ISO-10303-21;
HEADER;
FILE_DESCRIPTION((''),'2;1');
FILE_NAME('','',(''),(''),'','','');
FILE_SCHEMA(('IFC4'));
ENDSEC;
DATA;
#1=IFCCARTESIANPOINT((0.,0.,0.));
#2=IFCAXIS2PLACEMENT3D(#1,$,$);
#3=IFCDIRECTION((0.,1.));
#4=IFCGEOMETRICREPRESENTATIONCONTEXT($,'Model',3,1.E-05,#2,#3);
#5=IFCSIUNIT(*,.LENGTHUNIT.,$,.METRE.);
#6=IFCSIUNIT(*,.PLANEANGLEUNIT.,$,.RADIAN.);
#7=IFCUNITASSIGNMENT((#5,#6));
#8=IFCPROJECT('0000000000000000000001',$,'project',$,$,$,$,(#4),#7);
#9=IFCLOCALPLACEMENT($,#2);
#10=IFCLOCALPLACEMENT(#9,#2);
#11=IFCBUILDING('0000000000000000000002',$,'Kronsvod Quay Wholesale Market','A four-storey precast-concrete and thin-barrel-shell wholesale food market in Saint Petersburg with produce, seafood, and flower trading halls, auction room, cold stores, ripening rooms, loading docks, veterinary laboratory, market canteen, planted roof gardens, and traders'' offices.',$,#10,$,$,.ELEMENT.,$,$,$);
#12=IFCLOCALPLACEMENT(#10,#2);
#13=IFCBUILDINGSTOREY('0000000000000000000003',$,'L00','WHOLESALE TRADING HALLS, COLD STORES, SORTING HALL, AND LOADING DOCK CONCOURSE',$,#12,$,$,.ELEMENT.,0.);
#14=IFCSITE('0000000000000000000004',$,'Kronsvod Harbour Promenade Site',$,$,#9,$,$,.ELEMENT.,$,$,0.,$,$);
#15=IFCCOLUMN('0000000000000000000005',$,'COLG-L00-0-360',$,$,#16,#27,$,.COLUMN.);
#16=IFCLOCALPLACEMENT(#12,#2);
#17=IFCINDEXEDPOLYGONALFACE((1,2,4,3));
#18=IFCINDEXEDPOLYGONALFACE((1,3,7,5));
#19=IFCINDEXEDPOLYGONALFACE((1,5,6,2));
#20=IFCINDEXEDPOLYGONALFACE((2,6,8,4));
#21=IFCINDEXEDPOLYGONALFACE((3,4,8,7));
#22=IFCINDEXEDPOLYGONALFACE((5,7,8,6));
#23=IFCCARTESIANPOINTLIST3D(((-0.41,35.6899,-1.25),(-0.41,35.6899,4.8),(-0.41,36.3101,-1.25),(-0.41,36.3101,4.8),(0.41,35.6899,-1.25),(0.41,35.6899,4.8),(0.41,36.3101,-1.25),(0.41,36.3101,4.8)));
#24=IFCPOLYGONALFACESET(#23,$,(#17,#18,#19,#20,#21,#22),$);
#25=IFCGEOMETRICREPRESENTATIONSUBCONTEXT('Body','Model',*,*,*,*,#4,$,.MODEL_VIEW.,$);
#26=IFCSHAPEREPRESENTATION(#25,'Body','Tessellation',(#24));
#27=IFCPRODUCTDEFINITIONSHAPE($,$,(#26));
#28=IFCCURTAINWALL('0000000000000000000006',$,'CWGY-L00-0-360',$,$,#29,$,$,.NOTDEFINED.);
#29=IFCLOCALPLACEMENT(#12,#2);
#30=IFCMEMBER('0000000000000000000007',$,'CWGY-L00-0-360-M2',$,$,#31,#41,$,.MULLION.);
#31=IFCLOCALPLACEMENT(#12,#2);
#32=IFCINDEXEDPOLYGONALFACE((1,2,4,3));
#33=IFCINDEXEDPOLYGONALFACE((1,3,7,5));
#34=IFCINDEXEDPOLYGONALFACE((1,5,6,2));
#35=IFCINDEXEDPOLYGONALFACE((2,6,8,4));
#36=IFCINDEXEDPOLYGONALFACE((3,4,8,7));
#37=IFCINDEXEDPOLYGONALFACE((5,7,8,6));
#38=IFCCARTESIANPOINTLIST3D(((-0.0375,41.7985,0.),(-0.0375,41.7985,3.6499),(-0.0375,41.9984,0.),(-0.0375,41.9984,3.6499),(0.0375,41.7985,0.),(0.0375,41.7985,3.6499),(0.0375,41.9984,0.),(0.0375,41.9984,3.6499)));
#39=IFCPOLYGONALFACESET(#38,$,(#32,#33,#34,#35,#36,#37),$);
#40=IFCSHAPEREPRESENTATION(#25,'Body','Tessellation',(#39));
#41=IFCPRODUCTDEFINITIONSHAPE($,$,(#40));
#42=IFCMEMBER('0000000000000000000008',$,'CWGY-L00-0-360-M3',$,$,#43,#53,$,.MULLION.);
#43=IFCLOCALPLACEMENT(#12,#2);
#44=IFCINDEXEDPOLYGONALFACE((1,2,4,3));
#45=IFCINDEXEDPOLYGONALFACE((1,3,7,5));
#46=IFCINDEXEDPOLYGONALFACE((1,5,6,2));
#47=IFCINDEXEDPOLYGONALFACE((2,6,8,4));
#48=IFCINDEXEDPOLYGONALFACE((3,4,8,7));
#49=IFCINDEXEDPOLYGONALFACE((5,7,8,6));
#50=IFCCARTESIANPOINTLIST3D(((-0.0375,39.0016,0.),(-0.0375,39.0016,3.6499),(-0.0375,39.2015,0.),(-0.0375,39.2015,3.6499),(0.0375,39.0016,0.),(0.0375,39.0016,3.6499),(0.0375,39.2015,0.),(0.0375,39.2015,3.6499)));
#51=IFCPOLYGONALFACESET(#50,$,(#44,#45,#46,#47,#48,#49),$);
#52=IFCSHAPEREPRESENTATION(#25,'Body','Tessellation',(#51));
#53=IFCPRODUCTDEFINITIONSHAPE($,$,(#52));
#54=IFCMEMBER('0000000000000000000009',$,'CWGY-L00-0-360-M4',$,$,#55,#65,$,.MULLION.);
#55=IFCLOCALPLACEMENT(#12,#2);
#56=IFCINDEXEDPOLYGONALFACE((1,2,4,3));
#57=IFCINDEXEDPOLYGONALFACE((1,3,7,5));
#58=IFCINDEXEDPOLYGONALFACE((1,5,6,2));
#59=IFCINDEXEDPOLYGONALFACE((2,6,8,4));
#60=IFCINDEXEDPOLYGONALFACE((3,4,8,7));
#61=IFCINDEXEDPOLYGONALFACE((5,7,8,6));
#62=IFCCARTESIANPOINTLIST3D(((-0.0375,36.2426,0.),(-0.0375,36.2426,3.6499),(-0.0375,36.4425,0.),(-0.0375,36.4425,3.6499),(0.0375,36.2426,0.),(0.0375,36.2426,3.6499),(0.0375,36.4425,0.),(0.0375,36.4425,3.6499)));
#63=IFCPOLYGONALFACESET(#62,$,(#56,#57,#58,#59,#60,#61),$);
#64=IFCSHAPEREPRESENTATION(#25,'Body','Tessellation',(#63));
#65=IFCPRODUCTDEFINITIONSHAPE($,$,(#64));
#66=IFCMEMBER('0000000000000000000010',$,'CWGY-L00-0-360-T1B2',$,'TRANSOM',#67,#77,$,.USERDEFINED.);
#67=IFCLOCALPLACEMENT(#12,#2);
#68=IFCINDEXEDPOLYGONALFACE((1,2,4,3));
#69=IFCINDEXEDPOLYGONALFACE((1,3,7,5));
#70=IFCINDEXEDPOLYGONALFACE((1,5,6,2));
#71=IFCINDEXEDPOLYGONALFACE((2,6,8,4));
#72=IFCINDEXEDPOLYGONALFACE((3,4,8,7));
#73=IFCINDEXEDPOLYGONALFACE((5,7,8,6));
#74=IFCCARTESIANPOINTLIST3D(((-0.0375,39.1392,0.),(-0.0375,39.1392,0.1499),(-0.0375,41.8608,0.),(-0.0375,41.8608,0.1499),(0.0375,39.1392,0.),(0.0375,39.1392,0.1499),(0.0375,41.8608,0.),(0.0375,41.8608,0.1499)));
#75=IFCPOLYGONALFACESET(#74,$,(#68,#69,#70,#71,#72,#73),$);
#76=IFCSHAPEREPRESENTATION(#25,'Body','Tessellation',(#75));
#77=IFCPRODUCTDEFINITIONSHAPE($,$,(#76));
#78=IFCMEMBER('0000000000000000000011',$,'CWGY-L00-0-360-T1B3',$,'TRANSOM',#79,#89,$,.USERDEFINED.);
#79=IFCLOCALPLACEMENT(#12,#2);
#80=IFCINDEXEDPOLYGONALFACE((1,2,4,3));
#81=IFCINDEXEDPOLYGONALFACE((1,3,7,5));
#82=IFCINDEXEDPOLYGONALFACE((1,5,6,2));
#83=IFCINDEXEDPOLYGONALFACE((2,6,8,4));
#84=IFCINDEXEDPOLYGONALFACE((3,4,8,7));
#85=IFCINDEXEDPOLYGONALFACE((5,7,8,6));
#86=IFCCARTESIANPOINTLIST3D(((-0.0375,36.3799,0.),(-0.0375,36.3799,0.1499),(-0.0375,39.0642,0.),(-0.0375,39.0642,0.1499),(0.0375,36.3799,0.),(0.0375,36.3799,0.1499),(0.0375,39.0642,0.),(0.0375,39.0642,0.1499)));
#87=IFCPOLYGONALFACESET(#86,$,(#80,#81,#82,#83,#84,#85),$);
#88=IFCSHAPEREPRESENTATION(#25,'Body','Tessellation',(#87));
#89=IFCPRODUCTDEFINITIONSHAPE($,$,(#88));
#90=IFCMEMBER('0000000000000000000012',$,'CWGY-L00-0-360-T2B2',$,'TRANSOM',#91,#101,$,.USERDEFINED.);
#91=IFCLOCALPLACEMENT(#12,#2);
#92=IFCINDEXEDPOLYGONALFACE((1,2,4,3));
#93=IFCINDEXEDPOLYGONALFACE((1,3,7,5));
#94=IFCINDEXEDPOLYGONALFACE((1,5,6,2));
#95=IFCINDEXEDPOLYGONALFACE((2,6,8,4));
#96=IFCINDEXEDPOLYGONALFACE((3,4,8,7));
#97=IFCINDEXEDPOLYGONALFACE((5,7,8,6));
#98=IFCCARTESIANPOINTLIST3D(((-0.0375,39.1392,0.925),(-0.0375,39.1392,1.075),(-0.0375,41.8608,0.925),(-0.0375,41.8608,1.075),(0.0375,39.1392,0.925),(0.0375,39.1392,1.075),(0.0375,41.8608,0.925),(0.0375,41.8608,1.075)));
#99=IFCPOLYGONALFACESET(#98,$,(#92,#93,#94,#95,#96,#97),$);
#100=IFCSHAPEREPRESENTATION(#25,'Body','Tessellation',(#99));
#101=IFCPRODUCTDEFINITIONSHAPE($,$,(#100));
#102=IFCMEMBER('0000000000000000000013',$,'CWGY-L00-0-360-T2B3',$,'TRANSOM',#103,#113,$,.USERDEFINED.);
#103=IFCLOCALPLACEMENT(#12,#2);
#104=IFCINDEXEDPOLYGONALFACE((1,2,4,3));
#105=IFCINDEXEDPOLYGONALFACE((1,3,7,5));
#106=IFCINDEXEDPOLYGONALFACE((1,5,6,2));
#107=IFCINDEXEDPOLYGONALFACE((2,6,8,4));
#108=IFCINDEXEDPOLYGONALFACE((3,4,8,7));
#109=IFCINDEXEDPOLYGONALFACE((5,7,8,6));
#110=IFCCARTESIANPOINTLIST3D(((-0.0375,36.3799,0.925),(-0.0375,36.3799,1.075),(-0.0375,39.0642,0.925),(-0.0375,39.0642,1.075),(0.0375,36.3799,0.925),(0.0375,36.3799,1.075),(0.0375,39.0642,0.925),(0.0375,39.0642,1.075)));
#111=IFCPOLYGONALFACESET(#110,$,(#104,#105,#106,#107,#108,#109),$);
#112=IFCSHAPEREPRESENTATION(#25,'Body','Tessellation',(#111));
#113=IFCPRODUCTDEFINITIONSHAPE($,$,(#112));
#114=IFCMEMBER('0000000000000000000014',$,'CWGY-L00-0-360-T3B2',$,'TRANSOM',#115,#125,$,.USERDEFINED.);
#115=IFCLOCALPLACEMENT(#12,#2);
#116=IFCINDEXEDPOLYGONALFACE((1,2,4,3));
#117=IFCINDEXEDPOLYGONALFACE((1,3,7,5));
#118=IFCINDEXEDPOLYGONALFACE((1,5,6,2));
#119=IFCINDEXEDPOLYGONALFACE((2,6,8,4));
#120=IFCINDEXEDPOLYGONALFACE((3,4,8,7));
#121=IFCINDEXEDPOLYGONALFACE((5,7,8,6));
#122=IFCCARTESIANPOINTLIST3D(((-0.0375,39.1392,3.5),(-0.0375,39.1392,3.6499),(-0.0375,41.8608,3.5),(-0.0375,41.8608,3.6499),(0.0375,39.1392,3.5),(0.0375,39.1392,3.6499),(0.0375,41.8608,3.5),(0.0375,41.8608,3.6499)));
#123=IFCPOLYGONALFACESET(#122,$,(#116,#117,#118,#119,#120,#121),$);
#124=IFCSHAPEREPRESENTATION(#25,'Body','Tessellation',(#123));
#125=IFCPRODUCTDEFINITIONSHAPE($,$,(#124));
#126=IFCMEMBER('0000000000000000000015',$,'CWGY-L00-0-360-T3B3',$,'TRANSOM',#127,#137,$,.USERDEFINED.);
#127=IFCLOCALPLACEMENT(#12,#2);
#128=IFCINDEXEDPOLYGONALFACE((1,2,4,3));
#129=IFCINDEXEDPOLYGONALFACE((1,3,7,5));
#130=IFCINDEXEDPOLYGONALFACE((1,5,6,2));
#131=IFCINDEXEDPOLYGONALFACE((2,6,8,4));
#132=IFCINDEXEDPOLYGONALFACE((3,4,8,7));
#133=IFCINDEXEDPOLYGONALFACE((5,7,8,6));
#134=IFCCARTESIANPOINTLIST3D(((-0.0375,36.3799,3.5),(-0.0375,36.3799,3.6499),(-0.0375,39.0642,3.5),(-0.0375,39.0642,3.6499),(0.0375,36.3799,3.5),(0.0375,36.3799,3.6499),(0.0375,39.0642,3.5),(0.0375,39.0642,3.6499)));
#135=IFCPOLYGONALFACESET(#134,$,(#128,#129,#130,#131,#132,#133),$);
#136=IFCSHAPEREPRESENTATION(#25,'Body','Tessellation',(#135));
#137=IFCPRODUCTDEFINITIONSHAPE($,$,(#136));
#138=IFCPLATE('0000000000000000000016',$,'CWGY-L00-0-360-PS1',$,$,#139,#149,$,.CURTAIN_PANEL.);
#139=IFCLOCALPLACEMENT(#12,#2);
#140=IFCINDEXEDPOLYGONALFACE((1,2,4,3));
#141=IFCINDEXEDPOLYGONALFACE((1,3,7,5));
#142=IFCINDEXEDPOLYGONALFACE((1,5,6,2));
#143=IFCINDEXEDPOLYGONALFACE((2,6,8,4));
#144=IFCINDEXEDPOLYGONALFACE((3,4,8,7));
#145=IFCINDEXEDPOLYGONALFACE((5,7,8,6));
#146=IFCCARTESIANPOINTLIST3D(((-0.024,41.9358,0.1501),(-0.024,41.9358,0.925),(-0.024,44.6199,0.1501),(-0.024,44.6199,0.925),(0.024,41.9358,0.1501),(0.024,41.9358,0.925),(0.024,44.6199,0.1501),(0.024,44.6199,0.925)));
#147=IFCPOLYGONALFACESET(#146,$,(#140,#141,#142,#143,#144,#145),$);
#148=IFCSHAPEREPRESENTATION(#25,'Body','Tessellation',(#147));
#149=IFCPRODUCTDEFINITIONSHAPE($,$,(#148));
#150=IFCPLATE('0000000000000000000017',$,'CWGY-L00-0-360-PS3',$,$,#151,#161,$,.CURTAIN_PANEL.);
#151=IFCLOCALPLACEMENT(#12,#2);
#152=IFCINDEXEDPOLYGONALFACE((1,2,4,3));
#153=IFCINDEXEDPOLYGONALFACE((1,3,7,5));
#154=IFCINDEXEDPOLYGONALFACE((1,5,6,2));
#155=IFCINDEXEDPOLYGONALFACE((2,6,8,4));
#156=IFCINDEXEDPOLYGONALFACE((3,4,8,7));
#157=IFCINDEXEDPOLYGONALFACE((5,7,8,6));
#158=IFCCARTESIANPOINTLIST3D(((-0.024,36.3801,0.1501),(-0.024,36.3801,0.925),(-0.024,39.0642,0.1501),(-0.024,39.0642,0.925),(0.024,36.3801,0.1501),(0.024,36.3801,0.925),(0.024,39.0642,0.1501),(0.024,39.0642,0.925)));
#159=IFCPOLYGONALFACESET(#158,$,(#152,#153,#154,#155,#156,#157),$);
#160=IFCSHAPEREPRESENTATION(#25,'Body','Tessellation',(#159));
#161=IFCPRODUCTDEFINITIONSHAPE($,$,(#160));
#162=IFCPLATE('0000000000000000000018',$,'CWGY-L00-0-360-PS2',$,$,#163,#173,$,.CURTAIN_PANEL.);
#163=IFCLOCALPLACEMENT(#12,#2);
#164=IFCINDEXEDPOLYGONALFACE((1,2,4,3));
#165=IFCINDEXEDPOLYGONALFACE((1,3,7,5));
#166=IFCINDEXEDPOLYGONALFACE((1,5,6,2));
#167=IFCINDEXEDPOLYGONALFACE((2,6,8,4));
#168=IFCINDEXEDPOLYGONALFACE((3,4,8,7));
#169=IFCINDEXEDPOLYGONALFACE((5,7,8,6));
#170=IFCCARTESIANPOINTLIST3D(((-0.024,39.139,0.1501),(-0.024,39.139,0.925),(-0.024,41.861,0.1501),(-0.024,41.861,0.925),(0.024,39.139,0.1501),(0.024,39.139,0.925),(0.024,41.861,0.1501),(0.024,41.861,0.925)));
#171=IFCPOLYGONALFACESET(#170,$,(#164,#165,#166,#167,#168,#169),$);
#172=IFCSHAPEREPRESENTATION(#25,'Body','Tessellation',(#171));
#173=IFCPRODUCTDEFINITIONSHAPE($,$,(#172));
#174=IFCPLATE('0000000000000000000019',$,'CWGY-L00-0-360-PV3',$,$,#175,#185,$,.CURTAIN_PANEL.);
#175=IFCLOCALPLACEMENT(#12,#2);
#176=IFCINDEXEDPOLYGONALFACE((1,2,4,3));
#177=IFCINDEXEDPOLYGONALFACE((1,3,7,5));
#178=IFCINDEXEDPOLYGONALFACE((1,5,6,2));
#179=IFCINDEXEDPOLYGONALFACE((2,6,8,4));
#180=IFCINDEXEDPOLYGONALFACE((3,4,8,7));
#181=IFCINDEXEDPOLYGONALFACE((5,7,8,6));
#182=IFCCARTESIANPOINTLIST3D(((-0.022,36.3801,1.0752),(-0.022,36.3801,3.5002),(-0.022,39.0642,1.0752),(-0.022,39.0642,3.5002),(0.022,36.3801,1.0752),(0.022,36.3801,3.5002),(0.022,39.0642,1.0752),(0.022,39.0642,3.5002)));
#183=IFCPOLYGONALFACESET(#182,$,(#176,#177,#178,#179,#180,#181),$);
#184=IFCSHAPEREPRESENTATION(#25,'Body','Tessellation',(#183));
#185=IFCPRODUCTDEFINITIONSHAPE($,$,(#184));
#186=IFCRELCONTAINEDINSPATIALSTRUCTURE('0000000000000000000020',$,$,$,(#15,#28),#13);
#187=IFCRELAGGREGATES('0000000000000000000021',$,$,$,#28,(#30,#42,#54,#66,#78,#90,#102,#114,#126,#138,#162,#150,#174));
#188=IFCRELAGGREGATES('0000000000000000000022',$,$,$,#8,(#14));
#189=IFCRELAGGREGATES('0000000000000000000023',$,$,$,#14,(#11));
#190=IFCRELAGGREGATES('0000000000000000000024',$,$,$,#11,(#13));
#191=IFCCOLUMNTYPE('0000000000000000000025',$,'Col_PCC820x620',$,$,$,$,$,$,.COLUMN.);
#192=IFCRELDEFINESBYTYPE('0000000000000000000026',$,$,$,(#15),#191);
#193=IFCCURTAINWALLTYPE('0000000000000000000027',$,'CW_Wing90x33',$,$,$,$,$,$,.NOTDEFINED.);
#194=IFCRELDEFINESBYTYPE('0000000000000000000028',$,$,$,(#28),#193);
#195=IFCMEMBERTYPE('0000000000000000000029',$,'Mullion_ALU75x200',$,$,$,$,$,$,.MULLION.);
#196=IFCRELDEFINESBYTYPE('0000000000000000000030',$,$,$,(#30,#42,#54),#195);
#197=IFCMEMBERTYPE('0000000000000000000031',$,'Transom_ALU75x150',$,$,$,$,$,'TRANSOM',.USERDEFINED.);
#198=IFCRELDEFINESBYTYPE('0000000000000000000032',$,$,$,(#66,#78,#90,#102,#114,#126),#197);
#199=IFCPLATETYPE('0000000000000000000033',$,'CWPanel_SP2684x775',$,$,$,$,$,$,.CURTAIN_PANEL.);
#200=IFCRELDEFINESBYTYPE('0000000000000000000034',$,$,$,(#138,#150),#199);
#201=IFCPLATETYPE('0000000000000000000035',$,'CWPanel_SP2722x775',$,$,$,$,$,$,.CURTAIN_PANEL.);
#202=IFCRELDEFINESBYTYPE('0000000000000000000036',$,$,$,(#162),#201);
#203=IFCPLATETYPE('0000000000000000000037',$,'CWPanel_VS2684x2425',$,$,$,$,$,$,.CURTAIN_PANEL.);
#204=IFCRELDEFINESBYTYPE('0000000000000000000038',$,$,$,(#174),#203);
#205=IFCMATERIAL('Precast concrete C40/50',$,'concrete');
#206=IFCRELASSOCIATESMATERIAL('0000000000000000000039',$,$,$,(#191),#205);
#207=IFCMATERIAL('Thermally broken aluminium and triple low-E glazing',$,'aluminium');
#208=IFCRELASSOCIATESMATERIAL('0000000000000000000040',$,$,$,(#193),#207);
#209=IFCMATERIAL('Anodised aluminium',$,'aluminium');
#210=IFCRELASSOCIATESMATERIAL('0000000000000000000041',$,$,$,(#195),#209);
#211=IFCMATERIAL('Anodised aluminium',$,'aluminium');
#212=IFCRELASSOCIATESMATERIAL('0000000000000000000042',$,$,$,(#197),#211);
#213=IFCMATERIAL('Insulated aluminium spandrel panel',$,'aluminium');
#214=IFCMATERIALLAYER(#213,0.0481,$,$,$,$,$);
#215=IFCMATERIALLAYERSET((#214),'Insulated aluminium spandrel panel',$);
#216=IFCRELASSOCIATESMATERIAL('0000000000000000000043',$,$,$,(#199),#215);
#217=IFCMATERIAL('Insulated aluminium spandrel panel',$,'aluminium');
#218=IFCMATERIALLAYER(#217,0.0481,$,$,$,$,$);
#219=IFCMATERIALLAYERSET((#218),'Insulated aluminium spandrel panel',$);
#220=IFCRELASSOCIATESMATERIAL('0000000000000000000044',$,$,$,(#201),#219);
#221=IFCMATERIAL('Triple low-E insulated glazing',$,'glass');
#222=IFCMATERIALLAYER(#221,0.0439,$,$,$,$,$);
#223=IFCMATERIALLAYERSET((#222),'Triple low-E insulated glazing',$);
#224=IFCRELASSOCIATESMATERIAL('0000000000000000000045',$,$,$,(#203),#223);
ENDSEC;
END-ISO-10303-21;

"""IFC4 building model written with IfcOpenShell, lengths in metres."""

from ifc_helpers import new_model, si_unit, direction, frame, origin, origin_2d, place, context, subcontext, project, spatial, rectangle, extrude, material, layer, layer_set, material_profile, profile_set, type_object, element, aggregate, save


model = new_model("IFC4")

# Units and contexts
model_context = context("Model", 3, precision=1e-05, world=origin(), true_north=direction((0.0, 1.0)))
body_context = subcontext(model_context, "Body", "Model", "MODEL_VIEW")
ifc_project = project(units=[si_unit("LENGTHUNIT", "METRE"), si_unit("PLANEANGLEUNIT", "RADIAN")], contexts=[model_context])

# Site, building, storey
site_placement = place(None, origin())
site = spatial("IfcSite", under=ifc_project, at=site_placement, Name="Kronsvod Harbour Promenade Site", CompositionType="ELEMENT", RefElevation=0.0)
building_placement = place(site_placement, origin())
building = spatial("IfcBuilding", under=site, at=building_placement, Name="Kronsvod Quay Wholesale Market", Description="A four-storey precast-concrete and thin-barrel-shell wholesale food market in Saint Petersburg with produce, seafood, and flower trading halls, auction room, cold stores, ripening rooms, loading docks, veterinary laboratory, market canteen, planted roof gardens, and traders' offices.", CompositionType="ELEMENT")
storey_placement = place(building_placement, origin())
storey = spatial("IfcBuildingStorey", under=building, at=storey_placement, Name="L00", Description="WHOLESALE TRADING HALLS, COLD STORES, SORTING HALL, AND LOADING DOCK CONCOURSE", CompositionType="ELEMENT", Elevation=0.0)

# Column
ifc_material_1 = material(Name="Precast concrete C40/50", Category="concrete")
ifc_material_profile_1 = material_profile(ifc_material_1, rectangle(XDim=0.8201, YDim=0.6201, at=origin_2d()), Name="COL-10")
ifc_profile_set_1 = profile_set([ifc_material_profile_1], Name="Precast concrete C40/50")
column_type = type_object("IfcColumnType", Name="Col_PCC820x620", PredefinedType="COLUMN", material=ifc_profile_set_1)
column_placement = place(storey_placement, frame((0.0, 36.0, -1.25), z_axis=(0.0, 0.0, 1.0), x_axis=(1.0, 0.0, 0.0)))
element("IfcColumn", 1, at=column_placement, inside=storey, type_object=column_type, Name="COLG-L00-0-360", PredefinedType="COLUMN", context=body_context, shape_type="SweptSolid", body=[
    extrude(rectangle(XDim=0.8201, YDim=0.6201, at=origin_2d()), origin(), (0.0, 0.0, 1.0), 6.05),
])

# Curtain wall, members, plates
ifc_material_2 = material(Name="Thermally broken aluminium and triple low-E glazing", Category="aluminium")
curtain_wall_type = type_object("IfcCurtainWallType", Name="CW_Wing90x33", PredefinedType="NOTDEFINED", material=ifc_material_2)
curtain_wall_placement = place(storey_placement, origin())
curtain_wall = element("IfcCurtainWall", 2, at=curtain_wall_placement, inside=storey, type_object=curtain_wall_type, Name="CWGY-L00-0-360", PredefinedType="NOTDEFINED")
ifc_material_3 = material(Name="Anodised aluminium", Category="aluminium")
ifc_material_profile_2 = material_profile(ifc_material_3, rectangle(XDim=0.075, YDim=0.2, at=origin_2d()), Name="ALUM75x200")
ifc_profile_set_2 = profile_set([ifc_material_profile_2], Name="Anodised aluminium")
member_type_1 = type_object("IfcMemberType", Name="Mullion_ALU75x200", PredefinedType="MULLION", material=ifc_profile_set_2)
member_1_placement = place(storey_placement, frame((0.0, 41.8984, 0.0), z_axis=(0.0, 0.0, 1.0), x_axis=(1.0, 0.0, 0.0)))
member_1 = element("IfcMember", 3, at=member_1_placement, type_object=member_type_1, Name="CWGY-L00-0-360-M2", PredefinedType="MULLION", context=body_context, shape_type="SweptSolid", body=[
    extrude(rectangle(XDim=0.075, YDim=0.2, at=origin_2d()), origin(), (0.0, 0.0, 1.0), 3.6499),
])
member_2_placement = place(storey_placement, frame((0.0, 39.1016, 0.0), z_axis=(0.0, 0.0, 1.0), x_axis=(1.0, 0.0, 0.0)))
member_2 = element("IfcMember", 4, at=member_2_placement, type_object=member_type_1, Name="CWGY-L00-0-360-M3", PredefinedType="MULLION", context=body_context, shape_type="SweptSolid", body=[
    extrude(rectangle(XDim=0.075, YDim=0.2, at=origin_2d()), origin(), (0.0, 0.0, 1.0), 3.6499),
])
member_3_placement = place(storey_placement, frame((0.0, 36.3425, 0.0), z_axis=(0.0, 0.0, 1.0), x_axis=(1.0, 0.0, 0.0)))
member_3 = element("IfcMember", 5, at=member_3_placement, type_object=member_type_1, Name="CWGY-L00-0-360-M4", PredefinedType="MULLION", context=body_context, shape_type="SweptSolid", body=[
    extrude(rectangle(XDim=0.075, YDim=0.2, at=origin_2d()), origin(), (0.0, 0.0, 1.0), 3.6499),
])
ifc_material_4 = material(Name="Anodised aluminium", Category="aluminium")
ifc_material_profile_3 = material_profile(ifc_material_4, rectangle(XDim=0.075, YDim=0.1499, at=origin_2d()), Name="ALUT75x150")
ifc_profile_set_3 = profile_set([ifc_material_profile_3], Name="Anodised aluminium")
member_type_2 = type_object("IfcMemberType", Name="Transom_ALU75x150", ElementType="TRANSOM", PredefinedType="USERDEFINED", material=ifc_profile_set_3)
member_4_placement = place(storey_placement, frame((0.0, 41.8608, 0.075), z_axis=(0.0, -1.0, 0.0), x_axis=(1.0, 0.0, 0.0)))
member_4 = element("IfcMember", 6, at=member_4_placement, type_object=member_type_2, Name="CWGY-L00-0-360-T1B2", ObjectType="TRANSOM", PredefinedType="USERDEFINED", context=body_context, shape_type="SweptSolid", body=[
    extrude(rectangle(XDim=0.075, YDim=0.1499, at=origin_2d()), origin(), (0.0, 0.0, 1.0), 2.7217),
])
member_5_placement = place(storey_placement, frame((0.0, 39.0642, 0.075), z_axis=(0.0, -1.0, 0.0), x_axis=(1.0, 0.0, 0.0)))
member_5 = element("IfcMember", 7, at=member_5_placement, type_object=member_type_2, Name="CWGY-L00-0-360-T1B3", ObjectType="TRANSOM", PredefinedType="USERDEFINED", context=body_context, shape_type="SweptSolid", body=[
    extrude(rectangle(XDim=0.075, YDim=0.1499, at=origin_2d()), origin(), (0.0, 0.0, 1.0), 2.6843),
])
member_6_placement = place(storey_placement, frame((0.0, 41.8608, 1.0), z_axis=(0.0, -1.0, 0.0), x_axis=(1.0, 0.0, 0.0)))
member_6 = element("IfcMember", 8, at=member_6_placement, type_object=member_type_2, Name="CWGY-L00-0-360-T2B2", ObjectType="TRANSOM", PredefinedType="USERDEFINED", context=body_context, shape_type="SweptSolid", body=[
    extrude(rectangle(XDim=0.075, YDim=0.1499, at=origin_2d()), origin(), (0.0, 0.0, 1.0), 2.7217),
])
member_7_placement = place(storey_placement, frame((0.0, 39.0642, 1.0), z_axis=(0.0, -1.0, 0.0), x_axis=(1.0, 0.0, 0.0)))
member_7 = element("IfcMember", 9, at=member_7_placement, type_object=member_type_2, Name="CWGY-L00-0-360-T2B3", ObjectType="TRANSOM", PredefinedType="USERDEFINED", context=body_context, shape_type="SweptSolid", body=[
    extrude(rectangle(XDim=0.075, YDim=0.1499, at=origin_2d()), origin(), (0.0, 0.0, 1.0), 2.6843),
])
member_8_placement = place(storey_placement, frame((0.0, 41.8608, 3.575), z_axis=(0.0, -1.0, 0.0), x_axis=(1.0, 0.0, 0.0)))
member_8 = element("IfcMember", 10, at=member_8_placement, type_object=member_type_2, Name="CWGY-L00-0-360-T3B2", ObjectType="TRANSOM", PredefinedType="USERDEFINED", context=body_context, shape_type="SweptSolid", body=[
    extrude(rectangle(XDim=0.075, YDim=0.1499, at=origin_2d()), origin(), (0.0, 0.0, 1.0), 2.7217),
])
member_9_placement = place(storey_placement, frame((0.0, 39.0642, 3.575), z_axis=(0.0, -1.0, 0.0), x_axis=(1.0, 0.0, 0.0)))
member_9 = element("IfcMember", 11, at=member_9_placement, type_object=member_type_2, Name="CWGY-L00-0-360-T3B3", ObjectType="TRANSOM", PredefinedType="USERDEFINED", context=body_context, shape_type="SweptSolid", body=[
    extrude(rectangle(XDim=0.075, YDim=0.1499, at=origin_2d()), origin(), (0.0, 0.0, 1.0), 2.6843),
])
ifc_material_5 = material(Name="Insulated aluminium spandrel panel", Category="aluminium")
ifc_layer_1 = layer(ifc_material_5, 0.0481)
ifc_layer_set_1 = layer_set([ifc_layer_1], Name="Insulated aluminium spandrel panel")
plate_type_1 = type_object("IfcPlateType", Name="CWPanel_SP2684x775", PredefinedType="CURTAIN_PANEL", material=ifc_layer_set_1)
plate_1_placement = place(storey_placement, frame((0.0, 43.2778, 0.1501), z_axis=(0.0, 0.0, 1.0), x_axis=(0.0, -1.0, 0.0)))
plate_1 = element("IfcPlate", 12, at=plate_1_placement, type_object=plate_type_1, Name="CWGY-L00-0-360-PS1", PredefinedType="CURTAIN_PANEL", context=body_context, shape_type="SweptSolid", body=[
    extrude(rectangle(XDim=2.6841, YDim=0.0481, at=origin_2d()), origin(), (0.0, 0.0, 1.0), 0.7749),
])
plate_2_placement = place(storey_placement, frame((0.0, 37.7222, 0.1501), z_axis=(0.0, 0.0, 1.0), x_axis=(0.0, -1.0, 0.0)))
plate_2 = element("IfcPlate", 13, at=plate_2_placement, type_object=plate_type_1, Name="CWGY-L00-0-360-PS3", PredefinedType="CURTAIN_PANEL", context=body_context, shape_type="SweptSolid", body=[
    extrude(rectangle(XDim=2.6841, YDim=0.0481, at=origin_2d()), origin(), (0.0, 0.0, 1.0), 0.7749),
])
ifc_material_6 = material(Name="Insulated aluminium spandrel panel", Category="aluminium")
ifc_layer_2 = layer(ifc_material_6, 0.0481)
ifc_layer_set_2 = layer_set([ifc_layer_2], Name="Insulated aluminium spandrel panel")
plate_type_2 = type_object("IfcPlateType", Name="CWPanel_SP2722x775", PredefinedType="CURTAIN_PANEL", material=ifc_layer_set_2)
plate_3_placement = place(storey_placement, frame((0.0, 40.5, 0.1501), z_axis=(0.0, 0.0, 1.0), x_axis=(0.0, -1.0, 0.0)))
plate_3 = element("IfcPlate", 14, at=plate_3_placement, type_object=plate_type_2, Name="CWGY-L00-0-360-PS2", PredefinedType="CURTAIN_PANEL", context=body_context, shape_type="SweptSolid", body=[
    extrude(rectangle(XDim=2.7219, YDim=0.0481, at=origin_2d()), origin(), (0.0, 0.0, 1.0), 0.7749),
])
ifc_material_7 = material(Name="Triple low-E insulated glazing", Category="glass")
ifc_layer_3 = layer(ifc_material_7, 0.0439)
ifc_layer_set_3 = layer_set([ifc_layer_3], Name="Triple low-E insulated glazing")
plate_type_3 = type_object("IfcPlateType", Name="CWPanel_VS2684x2425", PredefinedType="CURTAIN_PANEL", material=ifc_layer_set_3)
plate_4_placement = place(storey_placement, frame((0.0, 37.7222, 1.0752), z_axis=(0.0, 0.0, 1.0), x_axis=(0.0, -1.0, 0.0)))
plate_4 = element("IfcPlate", 15, at=plate_4_placement, type_object=plate_type_3, Name="CWGY-L00-0-360-PV3", PredefinedType="CURTAIN_PANEL", context=body_context, shape_type="SweptSolid", body=[
    extrude(rectangle(XDim=2.6841, YDim=0.0439, at=origin_2d()), origin(), (0.0, 0.0, 1.0), 2.425),
])
aggregate(curtain_wall, [member_1, member_2, member_3, member_4, member_5, member_6, member_7, member_8, member_9, plate_1, plate_3, plate_2, plate_4])

save(model, "model.ifc")
